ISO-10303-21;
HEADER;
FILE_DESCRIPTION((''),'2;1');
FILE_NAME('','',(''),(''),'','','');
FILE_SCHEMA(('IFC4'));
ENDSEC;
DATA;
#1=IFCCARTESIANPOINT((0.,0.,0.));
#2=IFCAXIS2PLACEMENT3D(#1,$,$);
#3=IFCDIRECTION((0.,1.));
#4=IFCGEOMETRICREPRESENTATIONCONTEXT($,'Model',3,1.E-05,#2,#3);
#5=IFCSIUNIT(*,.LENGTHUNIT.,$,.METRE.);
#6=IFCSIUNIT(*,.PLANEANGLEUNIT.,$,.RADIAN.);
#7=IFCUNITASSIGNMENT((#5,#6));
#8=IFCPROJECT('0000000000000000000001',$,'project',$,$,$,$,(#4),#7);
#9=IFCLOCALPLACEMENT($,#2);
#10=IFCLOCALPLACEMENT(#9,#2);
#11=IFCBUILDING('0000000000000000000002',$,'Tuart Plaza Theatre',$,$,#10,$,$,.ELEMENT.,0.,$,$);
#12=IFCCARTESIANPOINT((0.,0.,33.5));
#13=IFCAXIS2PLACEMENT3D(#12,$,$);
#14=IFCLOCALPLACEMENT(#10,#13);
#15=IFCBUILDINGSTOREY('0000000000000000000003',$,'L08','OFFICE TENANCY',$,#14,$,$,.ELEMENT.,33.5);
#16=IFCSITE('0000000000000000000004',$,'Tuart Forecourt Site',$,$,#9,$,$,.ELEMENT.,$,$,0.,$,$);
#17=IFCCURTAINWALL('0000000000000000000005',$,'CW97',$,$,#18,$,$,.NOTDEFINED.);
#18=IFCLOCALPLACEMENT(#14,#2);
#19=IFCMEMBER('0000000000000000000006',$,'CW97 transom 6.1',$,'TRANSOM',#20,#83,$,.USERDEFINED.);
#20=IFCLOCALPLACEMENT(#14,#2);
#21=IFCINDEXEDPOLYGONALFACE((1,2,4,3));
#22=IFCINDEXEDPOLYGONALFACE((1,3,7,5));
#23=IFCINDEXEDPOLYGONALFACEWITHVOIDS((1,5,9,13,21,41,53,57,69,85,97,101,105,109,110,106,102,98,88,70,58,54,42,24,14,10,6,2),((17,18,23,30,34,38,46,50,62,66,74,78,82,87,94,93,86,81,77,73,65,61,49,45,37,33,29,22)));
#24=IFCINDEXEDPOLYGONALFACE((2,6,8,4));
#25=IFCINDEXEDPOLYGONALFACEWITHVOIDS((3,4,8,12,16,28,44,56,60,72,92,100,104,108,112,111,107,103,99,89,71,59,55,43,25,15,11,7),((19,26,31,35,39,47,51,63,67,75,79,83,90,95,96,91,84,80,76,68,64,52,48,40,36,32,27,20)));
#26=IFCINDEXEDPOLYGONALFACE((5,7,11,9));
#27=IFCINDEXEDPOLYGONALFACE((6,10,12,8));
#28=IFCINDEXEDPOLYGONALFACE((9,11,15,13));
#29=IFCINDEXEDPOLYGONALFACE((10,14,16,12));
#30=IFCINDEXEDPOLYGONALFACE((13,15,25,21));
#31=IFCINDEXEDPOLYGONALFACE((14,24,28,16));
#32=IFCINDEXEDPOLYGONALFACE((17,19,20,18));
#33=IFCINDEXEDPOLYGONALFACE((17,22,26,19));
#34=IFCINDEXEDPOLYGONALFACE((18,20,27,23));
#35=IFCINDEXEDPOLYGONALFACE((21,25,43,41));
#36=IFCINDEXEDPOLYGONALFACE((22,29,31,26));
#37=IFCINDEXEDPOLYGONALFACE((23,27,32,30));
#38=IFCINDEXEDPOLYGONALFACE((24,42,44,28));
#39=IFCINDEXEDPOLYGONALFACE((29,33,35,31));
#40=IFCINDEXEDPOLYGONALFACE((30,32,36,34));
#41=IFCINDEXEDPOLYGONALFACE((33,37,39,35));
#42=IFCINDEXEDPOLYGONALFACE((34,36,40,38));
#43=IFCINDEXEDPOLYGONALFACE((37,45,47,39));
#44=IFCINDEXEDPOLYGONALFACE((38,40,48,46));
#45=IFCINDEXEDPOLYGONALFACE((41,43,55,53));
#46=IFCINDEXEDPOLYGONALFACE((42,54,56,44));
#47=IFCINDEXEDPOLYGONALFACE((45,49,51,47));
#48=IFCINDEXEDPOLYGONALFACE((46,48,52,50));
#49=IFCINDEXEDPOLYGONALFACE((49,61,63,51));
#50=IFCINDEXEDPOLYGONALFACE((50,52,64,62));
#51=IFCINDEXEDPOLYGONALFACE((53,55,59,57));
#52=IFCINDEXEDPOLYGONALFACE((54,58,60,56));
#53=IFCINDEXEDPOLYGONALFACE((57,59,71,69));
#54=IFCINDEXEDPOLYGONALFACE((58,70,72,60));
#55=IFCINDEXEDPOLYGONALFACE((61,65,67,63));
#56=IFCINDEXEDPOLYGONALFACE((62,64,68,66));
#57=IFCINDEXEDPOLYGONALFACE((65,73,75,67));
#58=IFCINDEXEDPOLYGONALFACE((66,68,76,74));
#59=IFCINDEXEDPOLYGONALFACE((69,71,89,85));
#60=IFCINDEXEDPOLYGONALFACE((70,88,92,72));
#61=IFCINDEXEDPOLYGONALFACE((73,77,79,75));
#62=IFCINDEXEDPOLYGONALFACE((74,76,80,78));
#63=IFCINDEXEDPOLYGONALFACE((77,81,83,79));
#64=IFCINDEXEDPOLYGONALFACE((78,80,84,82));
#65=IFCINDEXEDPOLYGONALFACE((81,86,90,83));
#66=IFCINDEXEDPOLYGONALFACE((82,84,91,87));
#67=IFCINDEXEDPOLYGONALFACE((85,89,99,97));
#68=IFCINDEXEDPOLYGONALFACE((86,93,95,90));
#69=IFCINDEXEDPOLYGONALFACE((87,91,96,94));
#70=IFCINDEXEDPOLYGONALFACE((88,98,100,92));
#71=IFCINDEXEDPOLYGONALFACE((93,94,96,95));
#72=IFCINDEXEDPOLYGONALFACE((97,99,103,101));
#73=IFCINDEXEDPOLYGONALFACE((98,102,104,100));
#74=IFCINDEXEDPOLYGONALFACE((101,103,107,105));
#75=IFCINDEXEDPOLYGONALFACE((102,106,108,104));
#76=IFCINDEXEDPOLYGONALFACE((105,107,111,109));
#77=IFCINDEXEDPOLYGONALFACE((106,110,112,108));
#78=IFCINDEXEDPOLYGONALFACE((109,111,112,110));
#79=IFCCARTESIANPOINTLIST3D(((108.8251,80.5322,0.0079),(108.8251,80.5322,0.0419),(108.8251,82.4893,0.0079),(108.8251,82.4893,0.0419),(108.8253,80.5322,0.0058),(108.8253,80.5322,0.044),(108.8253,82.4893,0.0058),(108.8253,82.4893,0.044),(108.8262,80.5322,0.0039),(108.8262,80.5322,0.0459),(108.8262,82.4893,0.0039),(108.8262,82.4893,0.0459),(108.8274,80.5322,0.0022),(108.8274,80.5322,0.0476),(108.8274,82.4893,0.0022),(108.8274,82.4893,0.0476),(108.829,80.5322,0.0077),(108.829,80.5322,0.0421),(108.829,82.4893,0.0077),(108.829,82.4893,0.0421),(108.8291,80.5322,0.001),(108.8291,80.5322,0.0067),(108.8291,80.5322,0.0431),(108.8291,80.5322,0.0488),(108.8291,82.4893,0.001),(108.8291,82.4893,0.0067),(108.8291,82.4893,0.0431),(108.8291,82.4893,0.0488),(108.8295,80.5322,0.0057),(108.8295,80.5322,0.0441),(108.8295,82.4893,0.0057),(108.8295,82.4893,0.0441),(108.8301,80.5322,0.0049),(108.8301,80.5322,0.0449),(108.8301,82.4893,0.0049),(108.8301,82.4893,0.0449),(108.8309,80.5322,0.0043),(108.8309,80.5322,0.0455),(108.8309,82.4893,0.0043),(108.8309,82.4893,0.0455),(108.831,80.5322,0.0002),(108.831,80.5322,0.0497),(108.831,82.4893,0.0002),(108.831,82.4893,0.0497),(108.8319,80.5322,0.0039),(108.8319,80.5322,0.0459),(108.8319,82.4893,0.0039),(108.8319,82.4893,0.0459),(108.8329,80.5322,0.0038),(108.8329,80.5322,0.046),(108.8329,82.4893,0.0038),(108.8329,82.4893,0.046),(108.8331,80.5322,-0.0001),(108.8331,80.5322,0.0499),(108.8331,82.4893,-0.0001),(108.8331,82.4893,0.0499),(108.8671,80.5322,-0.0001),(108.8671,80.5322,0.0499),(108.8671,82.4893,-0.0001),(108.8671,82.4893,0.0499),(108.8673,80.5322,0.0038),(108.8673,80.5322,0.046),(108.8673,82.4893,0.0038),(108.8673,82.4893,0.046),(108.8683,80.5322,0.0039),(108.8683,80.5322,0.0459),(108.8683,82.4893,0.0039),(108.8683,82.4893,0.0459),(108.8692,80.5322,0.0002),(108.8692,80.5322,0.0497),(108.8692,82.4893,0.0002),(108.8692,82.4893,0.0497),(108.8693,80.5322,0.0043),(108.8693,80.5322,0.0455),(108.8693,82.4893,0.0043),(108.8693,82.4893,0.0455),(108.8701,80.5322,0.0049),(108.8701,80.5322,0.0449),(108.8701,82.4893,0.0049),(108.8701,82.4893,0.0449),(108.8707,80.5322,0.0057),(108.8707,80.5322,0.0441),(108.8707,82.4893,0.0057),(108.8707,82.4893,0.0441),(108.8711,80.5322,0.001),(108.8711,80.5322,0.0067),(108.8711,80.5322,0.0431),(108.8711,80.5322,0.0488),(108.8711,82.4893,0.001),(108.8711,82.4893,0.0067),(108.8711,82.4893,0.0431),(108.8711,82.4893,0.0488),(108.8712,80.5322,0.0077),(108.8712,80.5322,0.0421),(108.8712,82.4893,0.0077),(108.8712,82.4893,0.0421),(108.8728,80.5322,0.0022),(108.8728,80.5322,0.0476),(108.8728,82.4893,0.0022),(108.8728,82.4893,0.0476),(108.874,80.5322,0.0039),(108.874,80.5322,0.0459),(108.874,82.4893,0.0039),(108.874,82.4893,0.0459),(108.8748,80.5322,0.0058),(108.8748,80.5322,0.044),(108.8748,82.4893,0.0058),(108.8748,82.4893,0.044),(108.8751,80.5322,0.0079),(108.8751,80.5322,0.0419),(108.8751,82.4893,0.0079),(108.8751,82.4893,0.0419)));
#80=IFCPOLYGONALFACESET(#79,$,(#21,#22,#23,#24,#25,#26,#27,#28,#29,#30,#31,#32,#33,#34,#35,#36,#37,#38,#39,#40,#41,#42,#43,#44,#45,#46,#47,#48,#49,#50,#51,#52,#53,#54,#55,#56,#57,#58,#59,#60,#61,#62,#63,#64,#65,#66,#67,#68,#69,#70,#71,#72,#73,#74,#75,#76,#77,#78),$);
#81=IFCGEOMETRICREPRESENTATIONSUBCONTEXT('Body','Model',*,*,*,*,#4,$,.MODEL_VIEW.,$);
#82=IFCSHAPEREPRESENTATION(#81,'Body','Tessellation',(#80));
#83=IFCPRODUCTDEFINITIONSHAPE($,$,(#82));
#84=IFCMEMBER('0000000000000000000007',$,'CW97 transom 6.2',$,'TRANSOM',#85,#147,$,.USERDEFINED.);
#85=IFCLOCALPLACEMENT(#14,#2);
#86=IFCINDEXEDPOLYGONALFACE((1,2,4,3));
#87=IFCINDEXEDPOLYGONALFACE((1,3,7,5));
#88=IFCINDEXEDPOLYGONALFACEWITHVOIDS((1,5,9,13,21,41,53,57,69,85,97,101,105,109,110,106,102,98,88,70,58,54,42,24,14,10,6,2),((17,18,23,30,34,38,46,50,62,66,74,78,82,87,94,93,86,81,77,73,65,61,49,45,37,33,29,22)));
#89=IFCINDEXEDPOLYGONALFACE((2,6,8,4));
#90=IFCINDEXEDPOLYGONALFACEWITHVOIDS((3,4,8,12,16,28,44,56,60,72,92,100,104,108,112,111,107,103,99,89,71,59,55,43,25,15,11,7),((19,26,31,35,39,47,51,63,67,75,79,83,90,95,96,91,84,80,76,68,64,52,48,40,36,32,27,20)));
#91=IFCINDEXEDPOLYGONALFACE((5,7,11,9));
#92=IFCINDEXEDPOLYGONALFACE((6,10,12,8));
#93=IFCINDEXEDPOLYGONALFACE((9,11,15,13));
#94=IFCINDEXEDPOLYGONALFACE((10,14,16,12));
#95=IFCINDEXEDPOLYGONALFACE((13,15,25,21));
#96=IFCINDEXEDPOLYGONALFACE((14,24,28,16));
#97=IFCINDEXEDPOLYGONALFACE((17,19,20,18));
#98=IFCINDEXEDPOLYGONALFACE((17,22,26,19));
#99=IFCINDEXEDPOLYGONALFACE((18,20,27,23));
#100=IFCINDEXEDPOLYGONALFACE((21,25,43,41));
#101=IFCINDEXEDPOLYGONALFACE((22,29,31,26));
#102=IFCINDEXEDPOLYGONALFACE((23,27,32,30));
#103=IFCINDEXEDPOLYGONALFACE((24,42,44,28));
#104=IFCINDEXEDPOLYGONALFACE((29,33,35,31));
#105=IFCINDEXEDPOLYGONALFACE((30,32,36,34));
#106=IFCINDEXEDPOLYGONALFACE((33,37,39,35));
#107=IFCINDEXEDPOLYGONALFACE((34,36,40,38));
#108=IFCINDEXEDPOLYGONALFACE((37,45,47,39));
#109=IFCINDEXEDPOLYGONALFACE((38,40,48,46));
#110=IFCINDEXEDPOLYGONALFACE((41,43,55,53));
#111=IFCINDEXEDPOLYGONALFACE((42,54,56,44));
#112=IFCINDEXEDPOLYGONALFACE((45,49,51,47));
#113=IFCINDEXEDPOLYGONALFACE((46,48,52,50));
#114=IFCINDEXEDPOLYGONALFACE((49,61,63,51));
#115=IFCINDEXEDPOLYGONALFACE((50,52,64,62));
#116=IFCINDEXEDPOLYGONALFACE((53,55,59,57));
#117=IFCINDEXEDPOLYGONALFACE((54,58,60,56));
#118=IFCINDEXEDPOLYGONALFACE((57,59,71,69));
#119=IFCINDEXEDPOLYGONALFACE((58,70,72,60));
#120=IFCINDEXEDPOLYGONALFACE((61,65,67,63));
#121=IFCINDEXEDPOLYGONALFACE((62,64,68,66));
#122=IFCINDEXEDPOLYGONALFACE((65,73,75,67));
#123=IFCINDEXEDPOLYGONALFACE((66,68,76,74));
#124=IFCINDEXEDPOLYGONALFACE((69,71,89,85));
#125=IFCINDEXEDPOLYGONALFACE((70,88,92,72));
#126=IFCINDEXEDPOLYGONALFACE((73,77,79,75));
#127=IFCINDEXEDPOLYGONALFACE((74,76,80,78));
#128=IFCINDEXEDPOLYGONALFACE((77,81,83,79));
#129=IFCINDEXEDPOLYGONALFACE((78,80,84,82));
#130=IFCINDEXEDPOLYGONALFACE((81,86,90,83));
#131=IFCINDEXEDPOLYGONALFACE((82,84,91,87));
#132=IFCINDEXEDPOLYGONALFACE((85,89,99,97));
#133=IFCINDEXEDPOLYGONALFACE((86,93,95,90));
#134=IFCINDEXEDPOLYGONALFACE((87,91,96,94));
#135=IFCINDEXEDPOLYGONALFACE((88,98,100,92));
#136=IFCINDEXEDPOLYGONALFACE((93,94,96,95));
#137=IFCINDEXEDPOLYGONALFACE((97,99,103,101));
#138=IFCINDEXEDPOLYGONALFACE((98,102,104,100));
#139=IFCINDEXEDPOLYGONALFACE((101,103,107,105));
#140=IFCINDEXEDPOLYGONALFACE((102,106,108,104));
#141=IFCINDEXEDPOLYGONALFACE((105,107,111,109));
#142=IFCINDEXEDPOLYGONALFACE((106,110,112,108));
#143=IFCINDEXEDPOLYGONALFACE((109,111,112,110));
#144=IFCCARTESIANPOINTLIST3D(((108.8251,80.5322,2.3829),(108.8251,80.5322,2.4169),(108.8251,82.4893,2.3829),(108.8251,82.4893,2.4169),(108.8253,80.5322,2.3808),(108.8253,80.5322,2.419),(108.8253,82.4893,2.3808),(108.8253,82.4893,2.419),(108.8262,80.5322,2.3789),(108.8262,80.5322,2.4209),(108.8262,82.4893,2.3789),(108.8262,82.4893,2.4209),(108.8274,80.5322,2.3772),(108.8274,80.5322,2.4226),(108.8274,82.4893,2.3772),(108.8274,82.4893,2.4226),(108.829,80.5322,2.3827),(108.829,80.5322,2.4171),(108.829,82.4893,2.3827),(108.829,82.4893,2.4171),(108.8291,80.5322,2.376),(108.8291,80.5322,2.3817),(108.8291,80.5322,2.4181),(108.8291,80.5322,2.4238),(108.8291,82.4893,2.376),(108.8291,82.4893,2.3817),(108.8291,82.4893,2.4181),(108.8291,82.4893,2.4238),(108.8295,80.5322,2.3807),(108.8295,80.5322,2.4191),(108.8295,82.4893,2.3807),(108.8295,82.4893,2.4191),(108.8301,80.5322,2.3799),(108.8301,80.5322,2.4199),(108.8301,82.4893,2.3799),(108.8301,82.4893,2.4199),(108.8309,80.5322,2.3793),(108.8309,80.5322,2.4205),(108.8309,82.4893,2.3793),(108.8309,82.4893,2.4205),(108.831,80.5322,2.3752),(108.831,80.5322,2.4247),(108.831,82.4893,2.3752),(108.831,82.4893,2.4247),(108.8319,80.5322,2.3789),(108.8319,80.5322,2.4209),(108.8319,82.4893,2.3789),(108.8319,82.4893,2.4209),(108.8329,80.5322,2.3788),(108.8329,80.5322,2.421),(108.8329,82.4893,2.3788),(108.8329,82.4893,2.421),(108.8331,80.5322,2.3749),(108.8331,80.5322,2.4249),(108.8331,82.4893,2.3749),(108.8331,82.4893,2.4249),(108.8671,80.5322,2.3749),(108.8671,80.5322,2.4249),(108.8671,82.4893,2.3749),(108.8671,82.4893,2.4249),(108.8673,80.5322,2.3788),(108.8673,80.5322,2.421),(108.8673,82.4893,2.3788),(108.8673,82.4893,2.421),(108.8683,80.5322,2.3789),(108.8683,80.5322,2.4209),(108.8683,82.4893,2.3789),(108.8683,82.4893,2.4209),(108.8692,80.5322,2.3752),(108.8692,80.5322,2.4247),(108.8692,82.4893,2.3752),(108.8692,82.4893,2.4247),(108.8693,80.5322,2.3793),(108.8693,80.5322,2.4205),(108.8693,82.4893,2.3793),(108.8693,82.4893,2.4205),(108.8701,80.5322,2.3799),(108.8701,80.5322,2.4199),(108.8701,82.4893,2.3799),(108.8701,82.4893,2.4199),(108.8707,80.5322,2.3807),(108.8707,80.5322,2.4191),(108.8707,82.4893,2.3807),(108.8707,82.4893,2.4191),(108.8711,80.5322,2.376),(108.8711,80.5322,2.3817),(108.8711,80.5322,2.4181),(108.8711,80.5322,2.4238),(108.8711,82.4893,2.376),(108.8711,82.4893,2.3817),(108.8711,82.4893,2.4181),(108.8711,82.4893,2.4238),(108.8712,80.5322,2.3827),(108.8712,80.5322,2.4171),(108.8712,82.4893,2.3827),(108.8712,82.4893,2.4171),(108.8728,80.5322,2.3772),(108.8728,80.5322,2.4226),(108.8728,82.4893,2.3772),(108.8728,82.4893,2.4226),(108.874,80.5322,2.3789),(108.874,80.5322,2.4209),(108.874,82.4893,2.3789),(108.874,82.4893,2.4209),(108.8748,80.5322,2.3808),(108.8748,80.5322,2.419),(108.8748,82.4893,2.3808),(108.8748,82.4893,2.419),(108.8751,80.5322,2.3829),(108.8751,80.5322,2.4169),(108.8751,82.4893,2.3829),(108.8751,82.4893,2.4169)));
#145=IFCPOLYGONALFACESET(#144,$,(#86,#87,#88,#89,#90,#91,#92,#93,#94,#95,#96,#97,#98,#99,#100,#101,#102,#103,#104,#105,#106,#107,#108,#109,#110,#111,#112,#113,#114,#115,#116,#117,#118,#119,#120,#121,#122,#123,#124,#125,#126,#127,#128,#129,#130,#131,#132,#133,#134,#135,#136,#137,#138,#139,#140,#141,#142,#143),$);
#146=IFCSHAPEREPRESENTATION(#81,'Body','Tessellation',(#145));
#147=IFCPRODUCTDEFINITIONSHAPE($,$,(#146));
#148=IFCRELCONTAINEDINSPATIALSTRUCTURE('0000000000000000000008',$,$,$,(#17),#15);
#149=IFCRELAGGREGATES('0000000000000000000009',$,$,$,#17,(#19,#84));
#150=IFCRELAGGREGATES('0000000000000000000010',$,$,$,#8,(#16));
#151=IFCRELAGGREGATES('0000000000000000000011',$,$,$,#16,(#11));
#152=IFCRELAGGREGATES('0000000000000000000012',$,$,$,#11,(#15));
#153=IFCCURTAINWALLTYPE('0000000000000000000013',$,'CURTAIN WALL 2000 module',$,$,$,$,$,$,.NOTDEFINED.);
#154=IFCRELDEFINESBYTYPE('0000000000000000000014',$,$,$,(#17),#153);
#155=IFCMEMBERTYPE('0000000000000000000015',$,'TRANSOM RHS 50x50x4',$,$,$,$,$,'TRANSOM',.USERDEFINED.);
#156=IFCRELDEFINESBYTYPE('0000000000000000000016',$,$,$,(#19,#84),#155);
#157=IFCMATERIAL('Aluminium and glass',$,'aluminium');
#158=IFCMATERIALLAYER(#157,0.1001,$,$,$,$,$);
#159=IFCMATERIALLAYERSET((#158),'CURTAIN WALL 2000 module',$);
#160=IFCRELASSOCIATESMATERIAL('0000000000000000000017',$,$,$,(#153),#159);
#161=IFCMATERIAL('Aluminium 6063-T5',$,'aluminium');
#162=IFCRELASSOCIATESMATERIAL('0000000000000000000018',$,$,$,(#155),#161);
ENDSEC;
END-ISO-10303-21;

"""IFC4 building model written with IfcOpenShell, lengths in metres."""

from ifc_helpers import new_model, si_unit, direction, frame, origin, origin_2d, place, context, subcontext, project, spatial, hollow_rectangle, extrude, material, layer, layer_set, material_profile, profile_set, type_object, element, aggregate, save


model = new_model("IFC4")

# Units and contexts
model_context = context("Model", 3, precision=1e-05, world=origin(), true_north=direction((0.0, 1.0)))
body_context = subcontext(model_context, "Body", "Model", "MODEL_VIEW")
ifc_project = project(units=[si_unit("LENGTHUNIT", "METRE"), si_unit("PLANEANGLEUNIT", "RADIAN")], contexts=[model_context])

# Site, building, storey
site_placement = place(None, origin())
site = spatial("IfcSite", under=ifc_project, at=site_placement, Name="Tuart Forecourt Site", CompositionType="ELEMENT", RefElevation=0.0)
building_placement = place(site_placement, origin())
building = spatial("IfcBuilding", under=site, at=building_placement, Name="Tuart Plaza Theatre", CompositionType="ELEMENT", ElevationOfRefHeight=0.0)
storey_placement = place(building_placement, frame((0.0, 0.0, 33.5)))
storey = spatial("IfcBuildingStorey", under=building, at=storey_placement, Name="L08", Description="OFFICE TENANCY", CompositionType="ELEMENT", Elevation=33.5)

# Curtain wall, members
ifc_material_1 = material(Name="Aluminium and glass", Category="aluminium")
ifc_layer_1 = layer(ifc_material_1, 0.1001)
ifc_layer_set_1 = layer_set([ifc_layer_1], Name="CURTAIN WALL 2000 module")
curtain_wall_type = type_object("IfcCurtainWallType", Name="CURTAIN WALL 2000 module", PredefinedType="NOTDEFINED", material=ifc_layer_set_1)
curtain_wall_placement = place(storey_placement, origin())
curtain_wall = element("IfcCurtainWall", 1, at=curtain_wall_placement, inside=storey, type_object=curtain_wall_type, Name="CW97", PredefinedType="NOTDEFINED")
ifc_material_2 = material(Name="Aluminium 6063-T5", Category="aluminium")
ifc_material_profile_1 = material_profile(ifc_material_2, hollow_rectangle(XDim=0.05, YDim=0.05, WallThickness=0.0039, InnerFilletRadius=0.0039, OuterFilletRadius=0.0081, at=origin_2d()), Name="RHS 50x50x4")
ifc_profile_set_1 = profile_set([ifc_material_profile_1], Name="Aluminium 6063-T5")
member_type = type_object("IfcMemberType", Name="TRANSOM RHS 50x50x4", ElementType="TRANSOM", PredefinedType="USERDEFINED", material=ifc_profile_set_1)
member_1_placement = place(storey_placement, frame((108.8501, 82.4893, 0.0249), z_axis=(0.0, -1.0, 0.0), x_axis=(1.0, 0.0, 0.0)))
member_1 = element("IfcMember", 2, at=member_1_placement, type_object=member_type, Name="CW97 transom 6.1", ObjectType="TRANSOM", PredefinedType="USERDEFINED", context=body_context, shape_type="SweptSolid", body=[
    extrude(hollow_rectangle(XDim=0.05, YDim=0.05, WallThickness=0.0039, InnerFilletRadius=0.0039, OuterFilletRadius=0.0081, at=origin_2d()), origin(), (0.0, 0.0, 1.0), 1.957),
])
member_2_placement = place(storey_placement, frame((108.8501, 82.4893, 2.3999), z_axis=(0.0, -1.0, 0.0), x_axis=(1.0, 0.0, 0.0)))
member_2 = element("IfcMember", 3, at=member_2_placement, type_object=member_type, Name="CW97 transom 6.2", ObjectType="TRANSOM", PredefinedType="USERDEFINED", context=body_context, shape_type="SweptSolid", body=[
    extrude(hollow_rectangle(XDim=0.05, YDim=0.05, WallThickness=0.0039, InnerFilletRadius=0.0039, OuterFilletRadius=0.0081, at=origin_2d()), origin(), (0.0, 0.0, 1.0), 1.957),
])
aggregate(curtain_wall, [member_1, member_2])

save(model, "model.ifc")
